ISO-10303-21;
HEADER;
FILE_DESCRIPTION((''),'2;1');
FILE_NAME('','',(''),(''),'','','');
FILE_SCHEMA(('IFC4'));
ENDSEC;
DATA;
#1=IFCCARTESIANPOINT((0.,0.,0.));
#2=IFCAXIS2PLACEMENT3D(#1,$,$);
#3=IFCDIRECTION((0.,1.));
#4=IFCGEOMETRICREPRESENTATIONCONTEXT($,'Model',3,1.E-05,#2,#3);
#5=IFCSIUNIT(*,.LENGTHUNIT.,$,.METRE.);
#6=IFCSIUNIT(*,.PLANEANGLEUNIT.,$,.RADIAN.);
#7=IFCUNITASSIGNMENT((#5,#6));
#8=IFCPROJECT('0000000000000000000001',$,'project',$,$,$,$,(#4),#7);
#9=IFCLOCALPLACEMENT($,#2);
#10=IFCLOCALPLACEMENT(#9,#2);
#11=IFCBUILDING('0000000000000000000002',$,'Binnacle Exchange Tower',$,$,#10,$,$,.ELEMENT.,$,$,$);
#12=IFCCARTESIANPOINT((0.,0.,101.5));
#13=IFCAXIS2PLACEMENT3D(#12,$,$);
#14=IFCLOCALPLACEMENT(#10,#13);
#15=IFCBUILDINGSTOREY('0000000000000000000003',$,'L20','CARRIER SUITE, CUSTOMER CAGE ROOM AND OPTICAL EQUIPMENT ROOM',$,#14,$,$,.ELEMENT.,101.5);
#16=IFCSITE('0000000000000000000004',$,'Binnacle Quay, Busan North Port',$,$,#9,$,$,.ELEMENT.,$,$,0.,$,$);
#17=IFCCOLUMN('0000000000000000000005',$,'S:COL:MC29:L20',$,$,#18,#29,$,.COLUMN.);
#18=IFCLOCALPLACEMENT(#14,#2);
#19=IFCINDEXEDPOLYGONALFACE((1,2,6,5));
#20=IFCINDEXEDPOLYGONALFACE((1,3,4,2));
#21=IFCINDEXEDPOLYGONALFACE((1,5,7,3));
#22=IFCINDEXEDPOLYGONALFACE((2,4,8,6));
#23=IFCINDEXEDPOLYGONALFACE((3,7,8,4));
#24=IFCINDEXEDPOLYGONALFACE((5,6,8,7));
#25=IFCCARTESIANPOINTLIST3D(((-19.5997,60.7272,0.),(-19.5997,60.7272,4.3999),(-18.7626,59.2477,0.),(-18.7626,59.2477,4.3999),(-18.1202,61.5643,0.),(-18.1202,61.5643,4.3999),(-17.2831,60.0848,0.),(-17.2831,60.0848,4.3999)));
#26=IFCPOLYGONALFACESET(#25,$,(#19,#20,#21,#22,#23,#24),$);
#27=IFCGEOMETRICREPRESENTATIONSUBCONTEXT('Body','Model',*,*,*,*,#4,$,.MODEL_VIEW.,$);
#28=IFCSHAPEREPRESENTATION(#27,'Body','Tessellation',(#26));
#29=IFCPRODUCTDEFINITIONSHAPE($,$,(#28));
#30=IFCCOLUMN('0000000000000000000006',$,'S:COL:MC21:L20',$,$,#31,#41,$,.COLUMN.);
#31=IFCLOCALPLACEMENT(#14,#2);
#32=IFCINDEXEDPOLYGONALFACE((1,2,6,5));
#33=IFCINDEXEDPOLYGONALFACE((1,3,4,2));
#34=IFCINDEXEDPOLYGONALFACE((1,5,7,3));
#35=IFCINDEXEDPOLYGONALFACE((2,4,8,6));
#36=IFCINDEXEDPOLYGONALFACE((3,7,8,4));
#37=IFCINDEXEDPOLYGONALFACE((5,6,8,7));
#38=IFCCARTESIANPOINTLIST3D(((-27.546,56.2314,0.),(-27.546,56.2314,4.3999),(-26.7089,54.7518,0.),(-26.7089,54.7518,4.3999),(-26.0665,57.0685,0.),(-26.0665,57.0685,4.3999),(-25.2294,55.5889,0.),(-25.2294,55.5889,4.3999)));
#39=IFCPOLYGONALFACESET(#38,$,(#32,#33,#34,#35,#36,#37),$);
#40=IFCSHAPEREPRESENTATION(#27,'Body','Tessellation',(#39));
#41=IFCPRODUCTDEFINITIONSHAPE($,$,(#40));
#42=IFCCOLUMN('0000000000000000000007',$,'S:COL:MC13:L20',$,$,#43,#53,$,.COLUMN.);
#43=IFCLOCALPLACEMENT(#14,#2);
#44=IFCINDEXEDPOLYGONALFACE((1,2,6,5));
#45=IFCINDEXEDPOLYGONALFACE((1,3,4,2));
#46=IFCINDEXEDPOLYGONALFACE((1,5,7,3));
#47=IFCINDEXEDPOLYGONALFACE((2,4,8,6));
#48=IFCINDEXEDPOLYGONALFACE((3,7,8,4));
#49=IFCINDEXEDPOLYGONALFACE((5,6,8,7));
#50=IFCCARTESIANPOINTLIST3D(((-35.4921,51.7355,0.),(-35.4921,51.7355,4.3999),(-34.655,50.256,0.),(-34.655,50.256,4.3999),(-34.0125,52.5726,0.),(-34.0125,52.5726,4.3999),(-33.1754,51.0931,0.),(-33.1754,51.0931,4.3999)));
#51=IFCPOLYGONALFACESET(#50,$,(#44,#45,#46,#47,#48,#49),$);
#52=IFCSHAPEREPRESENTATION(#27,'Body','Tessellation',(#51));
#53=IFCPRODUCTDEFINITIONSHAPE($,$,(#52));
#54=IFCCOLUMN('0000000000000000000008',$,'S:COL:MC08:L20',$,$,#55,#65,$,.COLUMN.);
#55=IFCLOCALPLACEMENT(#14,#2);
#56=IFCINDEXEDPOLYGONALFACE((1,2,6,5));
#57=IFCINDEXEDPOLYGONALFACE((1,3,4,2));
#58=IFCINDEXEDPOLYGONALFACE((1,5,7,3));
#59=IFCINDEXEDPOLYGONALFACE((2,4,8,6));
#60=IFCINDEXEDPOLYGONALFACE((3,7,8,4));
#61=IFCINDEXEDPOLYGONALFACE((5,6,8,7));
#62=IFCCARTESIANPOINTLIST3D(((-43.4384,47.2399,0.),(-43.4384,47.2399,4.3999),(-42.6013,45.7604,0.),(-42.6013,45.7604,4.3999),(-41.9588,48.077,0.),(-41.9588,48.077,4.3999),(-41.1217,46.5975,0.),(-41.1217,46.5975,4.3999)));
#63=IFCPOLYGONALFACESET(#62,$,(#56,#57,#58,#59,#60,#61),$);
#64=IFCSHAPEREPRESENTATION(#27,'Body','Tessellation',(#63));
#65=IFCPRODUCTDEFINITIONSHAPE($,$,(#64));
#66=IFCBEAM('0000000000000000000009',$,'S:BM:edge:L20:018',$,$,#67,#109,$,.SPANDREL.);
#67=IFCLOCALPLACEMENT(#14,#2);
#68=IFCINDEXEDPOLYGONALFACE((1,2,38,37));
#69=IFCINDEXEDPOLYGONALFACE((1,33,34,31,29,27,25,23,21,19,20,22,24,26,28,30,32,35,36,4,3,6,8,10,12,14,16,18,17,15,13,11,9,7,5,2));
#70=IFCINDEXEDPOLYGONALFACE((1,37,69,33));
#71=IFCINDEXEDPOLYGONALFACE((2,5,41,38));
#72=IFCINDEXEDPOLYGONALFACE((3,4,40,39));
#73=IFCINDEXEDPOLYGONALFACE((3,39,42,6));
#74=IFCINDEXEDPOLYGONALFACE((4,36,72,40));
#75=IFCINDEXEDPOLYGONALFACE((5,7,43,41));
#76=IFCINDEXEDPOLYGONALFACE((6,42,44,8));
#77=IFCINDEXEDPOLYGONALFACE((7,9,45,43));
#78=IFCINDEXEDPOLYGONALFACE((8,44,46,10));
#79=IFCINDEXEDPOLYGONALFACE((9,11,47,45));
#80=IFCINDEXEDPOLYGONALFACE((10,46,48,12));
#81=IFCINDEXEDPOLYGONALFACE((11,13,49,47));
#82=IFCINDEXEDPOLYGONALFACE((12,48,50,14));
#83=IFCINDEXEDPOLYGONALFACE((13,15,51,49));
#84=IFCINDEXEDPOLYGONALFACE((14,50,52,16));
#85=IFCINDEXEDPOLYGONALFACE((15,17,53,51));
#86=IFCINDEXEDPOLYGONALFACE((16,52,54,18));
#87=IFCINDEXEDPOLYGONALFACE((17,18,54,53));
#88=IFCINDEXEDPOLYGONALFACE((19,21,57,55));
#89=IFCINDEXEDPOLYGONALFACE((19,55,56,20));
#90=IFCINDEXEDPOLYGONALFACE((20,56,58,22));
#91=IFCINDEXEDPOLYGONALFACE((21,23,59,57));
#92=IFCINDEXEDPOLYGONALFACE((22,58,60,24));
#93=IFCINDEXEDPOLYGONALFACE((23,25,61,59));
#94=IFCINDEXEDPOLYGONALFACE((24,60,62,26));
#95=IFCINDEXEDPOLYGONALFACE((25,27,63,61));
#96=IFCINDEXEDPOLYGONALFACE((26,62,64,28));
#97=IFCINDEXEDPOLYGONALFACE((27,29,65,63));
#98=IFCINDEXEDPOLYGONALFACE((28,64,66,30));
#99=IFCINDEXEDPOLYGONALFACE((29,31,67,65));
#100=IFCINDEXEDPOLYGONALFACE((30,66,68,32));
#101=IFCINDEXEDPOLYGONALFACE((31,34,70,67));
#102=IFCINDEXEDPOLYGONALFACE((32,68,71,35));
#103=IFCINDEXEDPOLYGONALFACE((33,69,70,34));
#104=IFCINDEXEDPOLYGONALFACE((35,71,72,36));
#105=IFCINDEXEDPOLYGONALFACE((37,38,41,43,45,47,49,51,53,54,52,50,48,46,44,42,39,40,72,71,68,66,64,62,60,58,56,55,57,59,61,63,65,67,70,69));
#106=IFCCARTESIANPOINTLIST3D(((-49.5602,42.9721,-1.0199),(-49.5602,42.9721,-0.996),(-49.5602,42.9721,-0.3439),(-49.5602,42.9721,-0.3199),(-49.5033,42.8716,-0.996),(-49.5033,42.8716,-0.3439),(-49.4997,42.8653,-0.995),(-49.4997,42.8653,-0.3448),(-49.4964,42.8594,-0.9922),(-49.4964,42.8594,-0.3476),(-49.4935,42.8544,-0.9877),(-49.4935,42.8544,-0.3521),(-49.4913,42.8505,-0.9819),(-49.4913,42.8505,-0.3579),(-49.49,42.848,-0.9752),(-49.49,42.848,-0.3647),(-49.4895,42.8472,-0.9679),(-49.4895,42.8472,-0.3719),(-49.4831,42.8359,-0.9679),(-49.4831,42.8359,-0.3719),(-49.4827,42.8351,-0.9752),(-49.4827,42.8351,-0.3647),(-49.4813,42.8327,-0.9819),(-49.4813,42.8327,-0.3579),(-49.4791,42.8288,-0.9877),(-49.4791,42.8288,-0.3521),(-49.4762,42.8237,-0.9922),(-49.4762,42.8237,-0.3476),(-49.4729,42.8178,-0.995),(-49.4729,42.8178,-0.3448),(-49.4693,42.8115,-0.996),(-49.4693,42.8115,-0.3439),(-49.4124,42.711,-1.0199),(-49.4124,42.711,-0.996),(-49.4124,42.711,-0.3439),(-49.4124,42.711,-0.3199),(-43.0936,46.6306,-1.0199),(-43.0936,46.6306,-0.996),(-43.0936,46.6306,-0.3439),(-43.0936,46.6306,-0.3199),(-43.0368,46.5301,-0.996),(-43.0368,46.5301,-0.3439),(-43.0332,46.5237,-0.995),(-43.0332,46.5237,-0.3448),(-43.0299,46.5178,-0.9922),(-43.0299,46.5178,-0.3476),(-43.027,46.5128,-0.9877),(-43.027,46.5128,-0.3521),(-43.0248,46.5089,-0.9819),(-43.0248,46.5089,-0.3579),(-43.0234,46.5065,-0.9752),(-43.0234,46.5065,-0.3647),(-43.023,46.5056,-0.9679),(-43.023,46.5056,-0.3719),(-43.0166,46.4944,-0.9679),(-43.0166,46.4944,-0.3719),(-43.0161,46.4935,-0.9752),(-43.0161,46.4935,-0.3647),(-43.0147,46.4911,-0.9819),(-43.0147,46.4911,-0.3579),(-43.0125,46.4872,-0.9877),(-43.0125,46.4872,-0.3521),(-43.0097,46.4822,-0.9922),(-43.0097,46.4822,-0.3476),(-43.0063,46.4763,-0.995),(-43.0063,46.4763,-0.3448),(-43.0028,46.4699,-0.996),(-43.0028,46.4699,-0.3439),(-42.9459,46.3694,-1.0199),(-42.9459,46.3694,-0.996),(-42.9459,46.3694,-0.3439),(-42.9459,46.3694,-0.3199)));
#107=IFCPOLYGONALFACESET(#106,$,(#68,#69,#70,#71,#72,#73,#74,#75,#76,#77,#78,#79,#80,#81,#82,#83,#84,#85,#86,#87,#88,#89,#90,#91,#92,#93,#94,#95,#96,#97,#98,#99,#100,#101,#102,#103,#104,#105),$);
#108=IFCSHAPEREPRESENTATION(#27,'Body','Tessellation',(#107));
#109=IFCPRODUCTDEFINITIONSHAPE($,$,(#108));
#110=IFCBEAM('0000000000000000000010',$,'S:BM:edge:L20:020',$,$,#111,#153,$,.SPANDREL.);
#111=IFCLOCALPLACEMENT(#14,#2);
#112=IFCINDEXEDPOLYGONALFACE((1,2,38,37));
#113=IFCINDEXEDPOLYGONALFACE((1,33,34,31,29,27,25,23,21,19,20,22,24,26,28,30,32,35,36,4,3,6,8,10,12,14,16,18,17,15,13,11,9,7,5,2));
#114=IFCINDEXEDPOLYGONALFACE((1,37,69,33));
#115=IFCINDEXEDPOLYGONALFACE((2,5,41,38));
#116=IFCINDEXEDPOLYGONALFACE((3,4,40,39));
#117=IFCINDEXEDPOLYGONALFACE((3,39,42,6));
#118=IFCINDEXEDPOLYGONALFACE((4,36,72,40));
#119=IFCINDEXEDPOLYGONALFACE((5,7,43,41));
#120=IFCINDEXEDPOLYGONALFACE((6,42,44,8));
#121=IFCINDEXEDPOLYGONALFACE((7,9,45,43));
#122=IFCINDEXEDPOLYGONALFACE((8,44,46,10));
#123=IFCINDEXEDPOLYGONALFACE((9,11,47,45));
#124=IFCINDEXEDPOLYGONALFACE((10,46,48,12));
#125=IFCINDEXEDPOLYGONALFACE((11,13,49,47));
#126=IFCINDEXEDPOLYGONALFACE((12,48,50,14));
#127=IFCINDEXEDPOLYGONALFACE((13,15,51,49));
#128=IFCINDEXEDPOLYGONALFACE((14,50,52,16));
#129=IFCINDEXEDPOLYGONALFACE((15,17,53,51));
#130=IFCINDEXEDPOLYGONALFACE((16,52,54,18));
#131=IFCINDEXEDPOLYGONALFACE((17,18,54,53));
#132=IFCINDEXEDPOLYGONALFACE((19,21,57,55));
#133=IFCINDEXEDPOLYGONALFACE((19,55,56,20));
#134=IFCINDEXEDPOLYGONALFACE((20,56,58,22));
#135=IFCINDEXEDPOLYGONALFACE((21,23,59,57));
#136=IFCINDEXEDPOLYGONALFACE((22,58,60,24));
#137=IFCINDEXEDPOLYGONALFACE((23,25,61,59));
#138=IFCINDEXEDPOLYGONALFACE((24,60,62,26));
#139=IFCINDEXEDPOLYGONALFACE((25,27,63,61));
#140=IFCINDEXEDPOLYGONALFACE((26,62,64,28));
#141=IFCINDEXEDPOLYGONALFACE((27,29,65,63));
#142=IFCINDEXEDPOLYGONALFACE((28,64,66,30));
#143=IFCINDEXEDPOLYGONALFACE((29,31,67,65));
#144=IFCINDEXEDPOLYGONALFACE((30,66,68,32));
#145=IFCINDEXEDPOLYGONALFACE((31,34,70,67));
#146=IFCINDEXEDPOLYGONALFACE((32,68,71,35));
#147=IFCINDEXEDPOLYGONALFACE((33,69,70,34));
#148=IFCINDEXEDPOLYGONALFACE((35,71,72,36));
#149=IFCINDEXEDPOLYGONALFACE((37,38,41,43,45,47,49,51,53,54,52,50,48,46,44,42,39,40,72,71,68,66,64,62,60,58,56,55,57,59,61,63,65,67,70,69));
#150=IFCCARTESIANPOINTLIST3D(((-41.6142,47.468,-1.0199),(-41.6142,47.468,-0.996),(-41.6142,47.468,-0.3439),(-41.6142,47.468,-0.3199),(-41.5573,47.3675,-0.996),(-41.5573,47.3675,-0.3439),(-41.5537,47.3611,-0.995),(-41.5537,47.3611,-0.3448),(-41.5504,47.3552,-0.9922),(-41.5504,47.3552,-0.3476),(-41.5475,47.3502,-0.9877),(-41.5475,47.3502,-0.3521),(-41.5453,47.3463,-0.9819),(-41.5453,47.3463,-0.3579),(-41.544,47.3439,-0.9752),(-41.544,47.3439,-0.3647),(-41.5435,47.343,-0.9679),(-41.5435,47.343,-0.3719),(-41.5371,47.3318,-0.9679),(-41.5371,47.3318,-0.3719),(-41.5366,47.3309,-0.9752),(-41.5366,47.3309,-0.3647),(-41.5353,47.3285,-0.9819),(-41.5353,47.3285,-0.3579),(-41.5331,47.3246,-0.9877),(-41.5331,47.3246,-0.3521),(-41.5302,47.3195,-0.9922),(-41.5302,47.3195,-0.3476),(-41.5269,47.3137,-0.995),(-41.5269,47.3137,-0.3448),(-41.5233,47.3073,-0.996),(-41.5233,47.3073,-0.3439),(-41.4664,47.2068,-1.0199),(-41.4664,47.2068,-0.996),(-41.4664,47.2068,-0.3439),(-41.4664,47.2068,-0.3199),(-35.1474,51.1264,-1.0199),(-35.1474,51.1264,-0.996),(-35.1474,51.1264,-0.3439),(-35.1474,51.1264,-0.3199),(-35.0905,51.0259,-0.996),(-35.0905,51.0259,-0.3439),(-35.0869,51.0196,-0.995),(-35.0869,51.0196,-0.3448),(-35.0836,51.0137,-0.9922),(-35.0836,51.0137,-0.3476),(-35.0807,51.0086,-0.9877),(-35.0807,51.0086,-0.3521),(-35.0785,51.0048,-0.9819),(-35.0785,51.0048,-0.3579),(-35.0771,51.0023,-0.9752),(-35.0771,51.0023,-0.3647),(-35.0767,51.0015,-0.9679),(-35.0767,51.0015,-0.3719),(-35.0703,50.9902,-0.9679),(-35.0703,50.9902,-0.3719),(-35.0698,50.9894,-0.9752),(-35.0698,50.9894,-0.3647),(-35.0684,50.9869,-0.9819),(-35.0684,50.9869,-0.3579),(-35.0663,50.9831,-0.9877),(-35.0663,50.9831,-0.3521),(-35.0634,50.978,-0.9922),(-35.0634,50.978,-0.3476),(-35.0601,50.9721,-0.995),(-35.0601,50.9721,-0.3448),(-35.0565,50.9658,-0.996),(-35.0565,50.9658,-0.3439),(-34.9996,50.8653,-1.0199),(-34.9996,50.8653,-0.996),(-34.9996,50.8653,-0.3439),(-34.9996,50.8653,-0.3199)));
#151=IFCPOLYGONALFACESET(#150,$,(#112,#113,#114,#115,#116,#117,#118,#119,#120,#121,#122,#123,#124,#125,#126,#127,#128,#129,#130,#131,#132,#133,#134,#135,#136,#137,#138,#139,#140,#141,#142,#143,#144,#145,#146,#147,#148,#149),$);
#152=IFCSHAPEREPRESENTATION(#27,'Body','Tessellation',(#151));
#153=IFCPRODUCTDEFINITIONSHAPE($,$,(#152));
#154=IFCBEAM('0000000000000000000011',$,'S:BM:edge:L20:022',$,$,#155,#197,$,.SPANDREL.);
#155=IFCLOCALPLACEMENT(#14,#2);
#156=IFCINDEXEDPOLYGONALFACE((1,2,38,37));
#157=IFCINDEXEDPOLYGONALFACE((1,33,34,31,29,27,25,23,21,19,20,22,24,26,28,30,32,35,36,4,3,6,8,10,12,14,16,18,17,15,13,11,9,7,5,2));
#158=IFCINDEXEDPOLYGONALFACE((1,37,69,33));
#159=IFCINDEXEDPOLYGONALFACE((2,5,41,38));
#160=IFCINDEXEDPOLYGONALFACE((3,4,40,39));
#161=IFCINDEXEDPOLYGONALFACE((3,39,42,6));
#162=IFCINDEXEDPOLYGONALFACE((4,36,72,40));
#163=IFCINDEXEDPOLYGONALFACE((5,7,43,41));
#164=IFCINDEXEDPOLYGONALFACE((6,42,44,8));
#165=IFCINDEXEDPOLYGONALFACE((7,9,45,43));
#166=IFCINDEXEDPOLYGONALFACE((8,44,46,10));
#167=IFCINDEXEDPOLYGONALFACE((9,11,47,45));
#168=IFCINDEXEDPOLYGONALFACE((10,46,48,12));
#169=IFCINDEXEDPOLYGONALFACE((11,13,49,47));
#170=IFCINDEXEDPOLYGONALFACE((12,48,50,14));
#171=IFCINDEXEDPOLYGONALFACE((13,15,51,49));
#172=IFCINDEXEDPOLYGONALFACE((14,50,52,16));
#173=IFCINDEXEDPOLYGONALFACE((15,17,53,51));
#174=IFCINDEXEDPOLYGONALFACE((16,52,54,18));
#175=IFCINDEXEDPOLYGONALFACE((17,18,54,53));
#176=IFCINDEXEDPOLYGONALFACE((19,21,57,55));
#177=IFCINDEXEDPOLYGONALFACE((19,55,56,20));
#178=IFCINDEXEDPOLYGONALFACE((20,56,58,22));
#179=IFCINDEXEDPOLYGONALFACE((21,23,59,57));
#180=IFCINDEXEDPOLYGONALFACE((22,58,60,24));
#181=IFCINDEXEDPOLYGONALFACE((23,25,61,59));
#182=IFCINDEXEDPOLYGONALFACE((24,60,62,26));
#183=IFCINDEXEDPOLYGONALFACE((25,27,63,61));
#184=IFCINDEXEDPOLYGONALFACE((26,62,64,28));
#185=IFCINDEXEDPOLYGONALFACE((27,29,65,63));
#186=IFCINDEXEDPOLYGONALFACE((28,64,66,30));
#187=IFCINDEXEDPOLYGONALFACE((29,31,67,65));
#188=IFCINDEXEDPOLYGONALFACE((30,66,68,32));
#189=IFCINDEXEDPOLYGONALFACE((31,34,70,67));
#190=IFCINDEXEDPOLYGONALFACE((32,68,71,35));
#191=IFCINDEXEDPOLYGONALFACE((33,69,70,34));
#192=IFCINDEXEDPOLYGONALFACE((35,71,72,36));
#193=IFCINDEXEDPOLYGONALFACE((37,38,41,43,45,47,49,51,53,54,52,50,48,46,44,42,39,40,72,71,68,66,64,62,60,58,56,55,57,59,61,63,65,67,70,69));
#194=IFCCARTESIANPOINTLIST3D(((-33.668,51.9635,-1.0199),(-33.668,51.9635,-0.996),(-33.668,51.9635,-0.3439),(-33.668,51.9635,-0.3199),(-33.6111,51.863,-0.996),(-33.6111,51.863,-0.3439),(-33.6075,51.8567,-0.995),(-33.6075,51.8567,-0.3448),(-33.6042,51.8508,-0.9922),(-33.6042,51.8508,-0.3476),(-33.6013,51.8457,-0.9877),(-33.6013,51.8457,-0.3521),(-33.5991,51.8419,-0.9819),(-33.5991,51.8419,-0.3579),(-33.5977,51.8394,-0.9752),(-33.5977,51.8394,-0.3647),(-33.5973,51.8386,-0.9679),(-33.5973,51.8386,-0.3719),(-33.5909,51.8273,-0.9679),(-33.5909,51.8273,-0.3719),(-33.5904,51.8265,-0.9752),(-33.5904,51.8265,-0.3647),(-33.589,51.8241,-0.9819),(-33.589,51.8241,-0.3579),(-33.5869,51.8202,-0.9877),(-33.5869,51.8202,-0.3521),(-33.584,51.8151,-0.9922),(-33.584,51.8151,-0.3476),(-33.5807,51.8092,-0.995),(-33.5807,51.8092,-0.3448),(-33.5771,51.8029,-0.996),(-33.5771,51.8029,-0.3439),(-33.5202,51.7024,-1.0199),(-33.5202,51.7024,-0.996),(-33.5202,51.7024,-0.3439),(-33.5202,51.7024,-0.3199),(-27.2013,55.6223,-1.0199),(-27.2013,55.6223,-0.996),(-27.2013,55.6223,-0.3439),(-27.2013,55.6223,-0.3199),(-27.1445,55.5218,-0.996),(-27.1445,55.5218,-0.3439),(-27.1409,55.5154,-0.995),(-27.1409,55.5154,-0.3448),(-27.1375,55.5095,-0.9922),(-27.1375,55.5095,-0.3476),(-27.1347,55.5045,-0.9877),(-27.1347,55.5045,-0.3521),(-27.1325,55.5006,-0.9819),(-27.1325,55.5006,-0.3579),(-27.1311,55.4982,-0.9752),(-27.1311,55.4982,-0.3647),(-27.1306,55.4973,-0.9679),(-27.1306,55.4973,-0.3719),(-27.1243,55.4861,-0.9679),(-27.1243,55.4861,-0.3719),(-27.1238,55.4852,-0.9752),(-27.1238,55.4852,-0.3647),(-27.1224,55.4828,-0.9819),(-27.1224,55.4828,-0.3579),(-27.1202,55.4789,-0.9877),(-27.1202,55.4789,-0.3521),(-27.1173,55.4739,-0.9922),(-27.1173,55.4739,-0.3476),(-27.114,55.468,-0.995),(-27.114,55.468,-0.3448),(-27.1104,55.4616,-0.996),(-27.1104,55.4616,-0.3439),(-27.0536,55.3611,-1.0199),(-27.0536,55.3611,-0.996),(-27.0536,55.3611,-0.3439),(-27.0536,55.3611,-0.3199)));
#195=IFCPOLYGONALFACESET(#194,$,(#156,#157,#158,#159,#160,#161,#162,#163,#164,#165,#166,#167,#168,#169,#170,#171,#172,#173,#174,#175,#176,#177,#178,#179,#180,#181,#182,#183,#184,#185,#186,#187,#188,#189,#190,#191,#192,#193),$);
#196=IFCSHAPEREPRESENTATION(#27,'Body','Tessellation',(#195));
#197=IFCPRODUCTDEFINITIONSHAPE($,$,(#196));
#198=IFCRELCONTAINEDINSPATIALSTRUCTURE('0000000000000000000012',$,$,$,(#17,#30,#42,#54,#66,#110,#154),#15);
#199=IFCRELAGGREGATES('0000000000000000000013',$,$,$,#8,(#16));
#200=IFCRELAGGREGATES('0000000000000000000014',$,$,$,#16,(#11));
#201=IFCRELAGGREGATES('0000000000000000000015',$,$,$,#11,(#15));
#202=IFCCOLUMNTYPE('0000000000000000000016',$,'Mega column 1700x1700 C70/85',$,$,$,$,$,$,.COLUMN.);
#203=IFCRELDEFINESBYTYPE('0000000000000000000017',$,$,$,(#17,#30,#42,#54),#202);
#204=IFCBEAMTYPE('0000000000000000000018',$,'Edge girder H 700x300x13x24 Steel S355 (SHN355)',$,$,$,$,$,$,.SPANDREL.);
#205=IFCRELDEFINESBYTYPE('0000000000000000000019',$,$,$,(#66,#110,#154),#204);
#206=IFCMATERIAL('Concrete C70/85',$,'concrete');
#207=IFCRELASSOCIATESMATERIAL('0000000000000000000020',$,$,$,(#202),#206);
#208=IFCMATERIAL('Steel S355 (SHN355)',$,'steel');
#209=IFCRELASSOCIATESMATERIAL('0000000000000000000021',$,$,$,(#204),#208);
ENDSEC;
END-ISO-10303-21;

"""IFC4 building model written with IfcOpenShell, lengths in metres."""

from ifc_helpers import new_model, si_unit, direction, frame, origin, origin_2d, place, context, subcontext, project, spatial, rectangle, i_section, extrude, material, material_profile, profile_set, type_object, element, save


model = new_model("IFC4")

# Units and contexts
model_context = context("Model", 3, precision=1e-05, world=origin(), true_north=direction((0.0, 1.0)))
body_context = subcontext(model_context, "Body", "Model", "MODEL_VIEW")
ifc_project = project(units=[si_unit("LENGTHUNIT", "METRE"), si_unit("PLANEANGLEUNIT", "RADIAN")], contexts=[model_context])

# Site, building, storey
site_placement = place(None, origin())
site = spatial("IfcSite", under=ifc_project, at=site_placement, Name="Binnacle Quay, Busan North Port", CompositionType="ELEMENT", RefElevation=0.0)
building_placement = place(site_placement, origin())
building = spatial("IfcBuilding", under=site, at=building_placement, Name="Binnacle Exchange Tower", CompositionType="ELEMENT")
storey_placement = place(building_placement, frame((0.0, 0.0, 101.5)))
storey = spatial("IfcBuildingStorey", under=building, at=storey_placement, Name="L20", Description="CARRIER SUITE, CUSTOMER CAGE ROOM AND OPTICAL EQUIPMENT ROOM", CompositionType="ELEMENT", Elevation=101.5)

# Columns
ifc_material_1 = material(Name="Concrete C70/85", Category="concrete")
ifc_material_profile_1 = material_profile(ifc_material_1, rectangle(XDim=1.7, YDim=1.7, at=origin_2d()), Name="Mega column 1700x1700 C70/85")
ifc_profile_set_1 = profile_set([ifc_material_profile_1], Name="Concrete C70/85")
column_type = type_object("IfcColumnType", Name="Mega column 1700x1700 C70/85", PredefinedType="COLUMN", material=ifc_profile_set_1)
for number, where, z_axis, x_axis, name in (
    (1, (-18.4414, 60.406, 0.0), (0.0, 0.0, 1.0), (-0.870356, -0.492424, 0.0), "S:COL:MC29:L20"),
    (2, (-26.3877, 55.9102, 0.0), (0.0, 0.0, 1.0), (-0.870356, -0.492424, 0.0), "S:COL:MC21:L20"),
    (3, (-34.3337, 51.4143, 0.0), (0.0, 0.0, 1.0), (-0.870356, -0.492424, 0.0), "S:COL:MC13:L20"),
    (4, (-42.28, 46.9187, 0.0), (0.0, 0.0, 1.0), (-0.870356, -0.492424, 0.0), "S:COL:MC08:L20"),
):
    element("IfcColumn", number, at=place(storey_placement, frame(where, z_axis=z_axis, x_axis=x_axis)), inside=storey, type_object=column_type, Name=name, PredefinedType="COLUMN", context=body_context, shape_type="SweptSolid", body=[
        extrude(rectangle(XDim=1.7, YDim=1.7, at=origin_2d()), origin(), (0.0, 0.0, 1.0), 4.3999),
    ])

# Beams
ifc_material_2 = material(Name="Steel S355 (SHN355)", Category="steel")
ifc_material_profile_2 = material_profile(ifc_material_2, i_section(OverallWidth=0.3, OverallDepth=0.7, WebThickness=0.0129, FlangeThickness=0.0239, FilletRadius=0.0281, at=origin_2d()), Name="H 700x300x13x24")
ifc_profile_set_2 = profile_set([ifc_material_profile_2], Name="Steel S355 (SHN355)")
beam_type_1 = type_object("IfcBeamType", Name="Edge girder H 700x300x13x24 Steel S355 (SHN355)", PredefinedType="SPANDREL", material=ifc_profile_set_2)
beam_1_placement = place(storey_placement, frame((-43.0198, 46.5, -0.6699), z_axis=(-0.870364, -0.492408, 0.0), x_axis=(0.492408, -0.870364, 0.0)))
element("IfcBeam", 5, at=beam_1_placement, inside=storey, type_object=beam_type_1, Name="S:BM:edge:L20:018", PredefinedType="SPANDREL", context=body_context, shape_type="SweptSolid", body=[
    extrude(i_section(OverallWidth=0.3, OverallDepth=0.7, WebThickness=0.0129, FlangeThickness=0.0239, FilletRadius=0.0281, at=origin_2d()), origin(), (0.0, 0.0, 1.0), 7.4297),
])
for number, where, z_axis, x_axis, name in (
    (6, (-35.0735, 50.9958, -0.6699), (-0.870372, -0.492394, 0.0), (0.492394, -0.870372, 0.0), "S:BM:edge:L20:020"),
    (7, (-27.1274, 55.4917, -0.6699), (-0.87035, -0.492433, 0.0), (0.492433, -0.87035, 0.0), "S:BM:edge:L20:022"),
):
    element("IfcBeam", number, at=place(storey_placement, frame(where, z_axis=z_axis, x_axis=x_axis)), inside=storey, type_object=beam_type_1, Name=name, PredefinedType="SPANDREL", context=body_context, shape_type="SweptSolid", body=[
        extrude(i_section(OverallWidth=0.3, OverallDepth=0.7, WebThickness=0.0129, FlangeThickness=0.0239, FilletRadius=0.0281, at=origin_2d()), origin(), (0.0, 0.0, 1.0), 7.4299),
    ])

save(model, "model.ifc")
